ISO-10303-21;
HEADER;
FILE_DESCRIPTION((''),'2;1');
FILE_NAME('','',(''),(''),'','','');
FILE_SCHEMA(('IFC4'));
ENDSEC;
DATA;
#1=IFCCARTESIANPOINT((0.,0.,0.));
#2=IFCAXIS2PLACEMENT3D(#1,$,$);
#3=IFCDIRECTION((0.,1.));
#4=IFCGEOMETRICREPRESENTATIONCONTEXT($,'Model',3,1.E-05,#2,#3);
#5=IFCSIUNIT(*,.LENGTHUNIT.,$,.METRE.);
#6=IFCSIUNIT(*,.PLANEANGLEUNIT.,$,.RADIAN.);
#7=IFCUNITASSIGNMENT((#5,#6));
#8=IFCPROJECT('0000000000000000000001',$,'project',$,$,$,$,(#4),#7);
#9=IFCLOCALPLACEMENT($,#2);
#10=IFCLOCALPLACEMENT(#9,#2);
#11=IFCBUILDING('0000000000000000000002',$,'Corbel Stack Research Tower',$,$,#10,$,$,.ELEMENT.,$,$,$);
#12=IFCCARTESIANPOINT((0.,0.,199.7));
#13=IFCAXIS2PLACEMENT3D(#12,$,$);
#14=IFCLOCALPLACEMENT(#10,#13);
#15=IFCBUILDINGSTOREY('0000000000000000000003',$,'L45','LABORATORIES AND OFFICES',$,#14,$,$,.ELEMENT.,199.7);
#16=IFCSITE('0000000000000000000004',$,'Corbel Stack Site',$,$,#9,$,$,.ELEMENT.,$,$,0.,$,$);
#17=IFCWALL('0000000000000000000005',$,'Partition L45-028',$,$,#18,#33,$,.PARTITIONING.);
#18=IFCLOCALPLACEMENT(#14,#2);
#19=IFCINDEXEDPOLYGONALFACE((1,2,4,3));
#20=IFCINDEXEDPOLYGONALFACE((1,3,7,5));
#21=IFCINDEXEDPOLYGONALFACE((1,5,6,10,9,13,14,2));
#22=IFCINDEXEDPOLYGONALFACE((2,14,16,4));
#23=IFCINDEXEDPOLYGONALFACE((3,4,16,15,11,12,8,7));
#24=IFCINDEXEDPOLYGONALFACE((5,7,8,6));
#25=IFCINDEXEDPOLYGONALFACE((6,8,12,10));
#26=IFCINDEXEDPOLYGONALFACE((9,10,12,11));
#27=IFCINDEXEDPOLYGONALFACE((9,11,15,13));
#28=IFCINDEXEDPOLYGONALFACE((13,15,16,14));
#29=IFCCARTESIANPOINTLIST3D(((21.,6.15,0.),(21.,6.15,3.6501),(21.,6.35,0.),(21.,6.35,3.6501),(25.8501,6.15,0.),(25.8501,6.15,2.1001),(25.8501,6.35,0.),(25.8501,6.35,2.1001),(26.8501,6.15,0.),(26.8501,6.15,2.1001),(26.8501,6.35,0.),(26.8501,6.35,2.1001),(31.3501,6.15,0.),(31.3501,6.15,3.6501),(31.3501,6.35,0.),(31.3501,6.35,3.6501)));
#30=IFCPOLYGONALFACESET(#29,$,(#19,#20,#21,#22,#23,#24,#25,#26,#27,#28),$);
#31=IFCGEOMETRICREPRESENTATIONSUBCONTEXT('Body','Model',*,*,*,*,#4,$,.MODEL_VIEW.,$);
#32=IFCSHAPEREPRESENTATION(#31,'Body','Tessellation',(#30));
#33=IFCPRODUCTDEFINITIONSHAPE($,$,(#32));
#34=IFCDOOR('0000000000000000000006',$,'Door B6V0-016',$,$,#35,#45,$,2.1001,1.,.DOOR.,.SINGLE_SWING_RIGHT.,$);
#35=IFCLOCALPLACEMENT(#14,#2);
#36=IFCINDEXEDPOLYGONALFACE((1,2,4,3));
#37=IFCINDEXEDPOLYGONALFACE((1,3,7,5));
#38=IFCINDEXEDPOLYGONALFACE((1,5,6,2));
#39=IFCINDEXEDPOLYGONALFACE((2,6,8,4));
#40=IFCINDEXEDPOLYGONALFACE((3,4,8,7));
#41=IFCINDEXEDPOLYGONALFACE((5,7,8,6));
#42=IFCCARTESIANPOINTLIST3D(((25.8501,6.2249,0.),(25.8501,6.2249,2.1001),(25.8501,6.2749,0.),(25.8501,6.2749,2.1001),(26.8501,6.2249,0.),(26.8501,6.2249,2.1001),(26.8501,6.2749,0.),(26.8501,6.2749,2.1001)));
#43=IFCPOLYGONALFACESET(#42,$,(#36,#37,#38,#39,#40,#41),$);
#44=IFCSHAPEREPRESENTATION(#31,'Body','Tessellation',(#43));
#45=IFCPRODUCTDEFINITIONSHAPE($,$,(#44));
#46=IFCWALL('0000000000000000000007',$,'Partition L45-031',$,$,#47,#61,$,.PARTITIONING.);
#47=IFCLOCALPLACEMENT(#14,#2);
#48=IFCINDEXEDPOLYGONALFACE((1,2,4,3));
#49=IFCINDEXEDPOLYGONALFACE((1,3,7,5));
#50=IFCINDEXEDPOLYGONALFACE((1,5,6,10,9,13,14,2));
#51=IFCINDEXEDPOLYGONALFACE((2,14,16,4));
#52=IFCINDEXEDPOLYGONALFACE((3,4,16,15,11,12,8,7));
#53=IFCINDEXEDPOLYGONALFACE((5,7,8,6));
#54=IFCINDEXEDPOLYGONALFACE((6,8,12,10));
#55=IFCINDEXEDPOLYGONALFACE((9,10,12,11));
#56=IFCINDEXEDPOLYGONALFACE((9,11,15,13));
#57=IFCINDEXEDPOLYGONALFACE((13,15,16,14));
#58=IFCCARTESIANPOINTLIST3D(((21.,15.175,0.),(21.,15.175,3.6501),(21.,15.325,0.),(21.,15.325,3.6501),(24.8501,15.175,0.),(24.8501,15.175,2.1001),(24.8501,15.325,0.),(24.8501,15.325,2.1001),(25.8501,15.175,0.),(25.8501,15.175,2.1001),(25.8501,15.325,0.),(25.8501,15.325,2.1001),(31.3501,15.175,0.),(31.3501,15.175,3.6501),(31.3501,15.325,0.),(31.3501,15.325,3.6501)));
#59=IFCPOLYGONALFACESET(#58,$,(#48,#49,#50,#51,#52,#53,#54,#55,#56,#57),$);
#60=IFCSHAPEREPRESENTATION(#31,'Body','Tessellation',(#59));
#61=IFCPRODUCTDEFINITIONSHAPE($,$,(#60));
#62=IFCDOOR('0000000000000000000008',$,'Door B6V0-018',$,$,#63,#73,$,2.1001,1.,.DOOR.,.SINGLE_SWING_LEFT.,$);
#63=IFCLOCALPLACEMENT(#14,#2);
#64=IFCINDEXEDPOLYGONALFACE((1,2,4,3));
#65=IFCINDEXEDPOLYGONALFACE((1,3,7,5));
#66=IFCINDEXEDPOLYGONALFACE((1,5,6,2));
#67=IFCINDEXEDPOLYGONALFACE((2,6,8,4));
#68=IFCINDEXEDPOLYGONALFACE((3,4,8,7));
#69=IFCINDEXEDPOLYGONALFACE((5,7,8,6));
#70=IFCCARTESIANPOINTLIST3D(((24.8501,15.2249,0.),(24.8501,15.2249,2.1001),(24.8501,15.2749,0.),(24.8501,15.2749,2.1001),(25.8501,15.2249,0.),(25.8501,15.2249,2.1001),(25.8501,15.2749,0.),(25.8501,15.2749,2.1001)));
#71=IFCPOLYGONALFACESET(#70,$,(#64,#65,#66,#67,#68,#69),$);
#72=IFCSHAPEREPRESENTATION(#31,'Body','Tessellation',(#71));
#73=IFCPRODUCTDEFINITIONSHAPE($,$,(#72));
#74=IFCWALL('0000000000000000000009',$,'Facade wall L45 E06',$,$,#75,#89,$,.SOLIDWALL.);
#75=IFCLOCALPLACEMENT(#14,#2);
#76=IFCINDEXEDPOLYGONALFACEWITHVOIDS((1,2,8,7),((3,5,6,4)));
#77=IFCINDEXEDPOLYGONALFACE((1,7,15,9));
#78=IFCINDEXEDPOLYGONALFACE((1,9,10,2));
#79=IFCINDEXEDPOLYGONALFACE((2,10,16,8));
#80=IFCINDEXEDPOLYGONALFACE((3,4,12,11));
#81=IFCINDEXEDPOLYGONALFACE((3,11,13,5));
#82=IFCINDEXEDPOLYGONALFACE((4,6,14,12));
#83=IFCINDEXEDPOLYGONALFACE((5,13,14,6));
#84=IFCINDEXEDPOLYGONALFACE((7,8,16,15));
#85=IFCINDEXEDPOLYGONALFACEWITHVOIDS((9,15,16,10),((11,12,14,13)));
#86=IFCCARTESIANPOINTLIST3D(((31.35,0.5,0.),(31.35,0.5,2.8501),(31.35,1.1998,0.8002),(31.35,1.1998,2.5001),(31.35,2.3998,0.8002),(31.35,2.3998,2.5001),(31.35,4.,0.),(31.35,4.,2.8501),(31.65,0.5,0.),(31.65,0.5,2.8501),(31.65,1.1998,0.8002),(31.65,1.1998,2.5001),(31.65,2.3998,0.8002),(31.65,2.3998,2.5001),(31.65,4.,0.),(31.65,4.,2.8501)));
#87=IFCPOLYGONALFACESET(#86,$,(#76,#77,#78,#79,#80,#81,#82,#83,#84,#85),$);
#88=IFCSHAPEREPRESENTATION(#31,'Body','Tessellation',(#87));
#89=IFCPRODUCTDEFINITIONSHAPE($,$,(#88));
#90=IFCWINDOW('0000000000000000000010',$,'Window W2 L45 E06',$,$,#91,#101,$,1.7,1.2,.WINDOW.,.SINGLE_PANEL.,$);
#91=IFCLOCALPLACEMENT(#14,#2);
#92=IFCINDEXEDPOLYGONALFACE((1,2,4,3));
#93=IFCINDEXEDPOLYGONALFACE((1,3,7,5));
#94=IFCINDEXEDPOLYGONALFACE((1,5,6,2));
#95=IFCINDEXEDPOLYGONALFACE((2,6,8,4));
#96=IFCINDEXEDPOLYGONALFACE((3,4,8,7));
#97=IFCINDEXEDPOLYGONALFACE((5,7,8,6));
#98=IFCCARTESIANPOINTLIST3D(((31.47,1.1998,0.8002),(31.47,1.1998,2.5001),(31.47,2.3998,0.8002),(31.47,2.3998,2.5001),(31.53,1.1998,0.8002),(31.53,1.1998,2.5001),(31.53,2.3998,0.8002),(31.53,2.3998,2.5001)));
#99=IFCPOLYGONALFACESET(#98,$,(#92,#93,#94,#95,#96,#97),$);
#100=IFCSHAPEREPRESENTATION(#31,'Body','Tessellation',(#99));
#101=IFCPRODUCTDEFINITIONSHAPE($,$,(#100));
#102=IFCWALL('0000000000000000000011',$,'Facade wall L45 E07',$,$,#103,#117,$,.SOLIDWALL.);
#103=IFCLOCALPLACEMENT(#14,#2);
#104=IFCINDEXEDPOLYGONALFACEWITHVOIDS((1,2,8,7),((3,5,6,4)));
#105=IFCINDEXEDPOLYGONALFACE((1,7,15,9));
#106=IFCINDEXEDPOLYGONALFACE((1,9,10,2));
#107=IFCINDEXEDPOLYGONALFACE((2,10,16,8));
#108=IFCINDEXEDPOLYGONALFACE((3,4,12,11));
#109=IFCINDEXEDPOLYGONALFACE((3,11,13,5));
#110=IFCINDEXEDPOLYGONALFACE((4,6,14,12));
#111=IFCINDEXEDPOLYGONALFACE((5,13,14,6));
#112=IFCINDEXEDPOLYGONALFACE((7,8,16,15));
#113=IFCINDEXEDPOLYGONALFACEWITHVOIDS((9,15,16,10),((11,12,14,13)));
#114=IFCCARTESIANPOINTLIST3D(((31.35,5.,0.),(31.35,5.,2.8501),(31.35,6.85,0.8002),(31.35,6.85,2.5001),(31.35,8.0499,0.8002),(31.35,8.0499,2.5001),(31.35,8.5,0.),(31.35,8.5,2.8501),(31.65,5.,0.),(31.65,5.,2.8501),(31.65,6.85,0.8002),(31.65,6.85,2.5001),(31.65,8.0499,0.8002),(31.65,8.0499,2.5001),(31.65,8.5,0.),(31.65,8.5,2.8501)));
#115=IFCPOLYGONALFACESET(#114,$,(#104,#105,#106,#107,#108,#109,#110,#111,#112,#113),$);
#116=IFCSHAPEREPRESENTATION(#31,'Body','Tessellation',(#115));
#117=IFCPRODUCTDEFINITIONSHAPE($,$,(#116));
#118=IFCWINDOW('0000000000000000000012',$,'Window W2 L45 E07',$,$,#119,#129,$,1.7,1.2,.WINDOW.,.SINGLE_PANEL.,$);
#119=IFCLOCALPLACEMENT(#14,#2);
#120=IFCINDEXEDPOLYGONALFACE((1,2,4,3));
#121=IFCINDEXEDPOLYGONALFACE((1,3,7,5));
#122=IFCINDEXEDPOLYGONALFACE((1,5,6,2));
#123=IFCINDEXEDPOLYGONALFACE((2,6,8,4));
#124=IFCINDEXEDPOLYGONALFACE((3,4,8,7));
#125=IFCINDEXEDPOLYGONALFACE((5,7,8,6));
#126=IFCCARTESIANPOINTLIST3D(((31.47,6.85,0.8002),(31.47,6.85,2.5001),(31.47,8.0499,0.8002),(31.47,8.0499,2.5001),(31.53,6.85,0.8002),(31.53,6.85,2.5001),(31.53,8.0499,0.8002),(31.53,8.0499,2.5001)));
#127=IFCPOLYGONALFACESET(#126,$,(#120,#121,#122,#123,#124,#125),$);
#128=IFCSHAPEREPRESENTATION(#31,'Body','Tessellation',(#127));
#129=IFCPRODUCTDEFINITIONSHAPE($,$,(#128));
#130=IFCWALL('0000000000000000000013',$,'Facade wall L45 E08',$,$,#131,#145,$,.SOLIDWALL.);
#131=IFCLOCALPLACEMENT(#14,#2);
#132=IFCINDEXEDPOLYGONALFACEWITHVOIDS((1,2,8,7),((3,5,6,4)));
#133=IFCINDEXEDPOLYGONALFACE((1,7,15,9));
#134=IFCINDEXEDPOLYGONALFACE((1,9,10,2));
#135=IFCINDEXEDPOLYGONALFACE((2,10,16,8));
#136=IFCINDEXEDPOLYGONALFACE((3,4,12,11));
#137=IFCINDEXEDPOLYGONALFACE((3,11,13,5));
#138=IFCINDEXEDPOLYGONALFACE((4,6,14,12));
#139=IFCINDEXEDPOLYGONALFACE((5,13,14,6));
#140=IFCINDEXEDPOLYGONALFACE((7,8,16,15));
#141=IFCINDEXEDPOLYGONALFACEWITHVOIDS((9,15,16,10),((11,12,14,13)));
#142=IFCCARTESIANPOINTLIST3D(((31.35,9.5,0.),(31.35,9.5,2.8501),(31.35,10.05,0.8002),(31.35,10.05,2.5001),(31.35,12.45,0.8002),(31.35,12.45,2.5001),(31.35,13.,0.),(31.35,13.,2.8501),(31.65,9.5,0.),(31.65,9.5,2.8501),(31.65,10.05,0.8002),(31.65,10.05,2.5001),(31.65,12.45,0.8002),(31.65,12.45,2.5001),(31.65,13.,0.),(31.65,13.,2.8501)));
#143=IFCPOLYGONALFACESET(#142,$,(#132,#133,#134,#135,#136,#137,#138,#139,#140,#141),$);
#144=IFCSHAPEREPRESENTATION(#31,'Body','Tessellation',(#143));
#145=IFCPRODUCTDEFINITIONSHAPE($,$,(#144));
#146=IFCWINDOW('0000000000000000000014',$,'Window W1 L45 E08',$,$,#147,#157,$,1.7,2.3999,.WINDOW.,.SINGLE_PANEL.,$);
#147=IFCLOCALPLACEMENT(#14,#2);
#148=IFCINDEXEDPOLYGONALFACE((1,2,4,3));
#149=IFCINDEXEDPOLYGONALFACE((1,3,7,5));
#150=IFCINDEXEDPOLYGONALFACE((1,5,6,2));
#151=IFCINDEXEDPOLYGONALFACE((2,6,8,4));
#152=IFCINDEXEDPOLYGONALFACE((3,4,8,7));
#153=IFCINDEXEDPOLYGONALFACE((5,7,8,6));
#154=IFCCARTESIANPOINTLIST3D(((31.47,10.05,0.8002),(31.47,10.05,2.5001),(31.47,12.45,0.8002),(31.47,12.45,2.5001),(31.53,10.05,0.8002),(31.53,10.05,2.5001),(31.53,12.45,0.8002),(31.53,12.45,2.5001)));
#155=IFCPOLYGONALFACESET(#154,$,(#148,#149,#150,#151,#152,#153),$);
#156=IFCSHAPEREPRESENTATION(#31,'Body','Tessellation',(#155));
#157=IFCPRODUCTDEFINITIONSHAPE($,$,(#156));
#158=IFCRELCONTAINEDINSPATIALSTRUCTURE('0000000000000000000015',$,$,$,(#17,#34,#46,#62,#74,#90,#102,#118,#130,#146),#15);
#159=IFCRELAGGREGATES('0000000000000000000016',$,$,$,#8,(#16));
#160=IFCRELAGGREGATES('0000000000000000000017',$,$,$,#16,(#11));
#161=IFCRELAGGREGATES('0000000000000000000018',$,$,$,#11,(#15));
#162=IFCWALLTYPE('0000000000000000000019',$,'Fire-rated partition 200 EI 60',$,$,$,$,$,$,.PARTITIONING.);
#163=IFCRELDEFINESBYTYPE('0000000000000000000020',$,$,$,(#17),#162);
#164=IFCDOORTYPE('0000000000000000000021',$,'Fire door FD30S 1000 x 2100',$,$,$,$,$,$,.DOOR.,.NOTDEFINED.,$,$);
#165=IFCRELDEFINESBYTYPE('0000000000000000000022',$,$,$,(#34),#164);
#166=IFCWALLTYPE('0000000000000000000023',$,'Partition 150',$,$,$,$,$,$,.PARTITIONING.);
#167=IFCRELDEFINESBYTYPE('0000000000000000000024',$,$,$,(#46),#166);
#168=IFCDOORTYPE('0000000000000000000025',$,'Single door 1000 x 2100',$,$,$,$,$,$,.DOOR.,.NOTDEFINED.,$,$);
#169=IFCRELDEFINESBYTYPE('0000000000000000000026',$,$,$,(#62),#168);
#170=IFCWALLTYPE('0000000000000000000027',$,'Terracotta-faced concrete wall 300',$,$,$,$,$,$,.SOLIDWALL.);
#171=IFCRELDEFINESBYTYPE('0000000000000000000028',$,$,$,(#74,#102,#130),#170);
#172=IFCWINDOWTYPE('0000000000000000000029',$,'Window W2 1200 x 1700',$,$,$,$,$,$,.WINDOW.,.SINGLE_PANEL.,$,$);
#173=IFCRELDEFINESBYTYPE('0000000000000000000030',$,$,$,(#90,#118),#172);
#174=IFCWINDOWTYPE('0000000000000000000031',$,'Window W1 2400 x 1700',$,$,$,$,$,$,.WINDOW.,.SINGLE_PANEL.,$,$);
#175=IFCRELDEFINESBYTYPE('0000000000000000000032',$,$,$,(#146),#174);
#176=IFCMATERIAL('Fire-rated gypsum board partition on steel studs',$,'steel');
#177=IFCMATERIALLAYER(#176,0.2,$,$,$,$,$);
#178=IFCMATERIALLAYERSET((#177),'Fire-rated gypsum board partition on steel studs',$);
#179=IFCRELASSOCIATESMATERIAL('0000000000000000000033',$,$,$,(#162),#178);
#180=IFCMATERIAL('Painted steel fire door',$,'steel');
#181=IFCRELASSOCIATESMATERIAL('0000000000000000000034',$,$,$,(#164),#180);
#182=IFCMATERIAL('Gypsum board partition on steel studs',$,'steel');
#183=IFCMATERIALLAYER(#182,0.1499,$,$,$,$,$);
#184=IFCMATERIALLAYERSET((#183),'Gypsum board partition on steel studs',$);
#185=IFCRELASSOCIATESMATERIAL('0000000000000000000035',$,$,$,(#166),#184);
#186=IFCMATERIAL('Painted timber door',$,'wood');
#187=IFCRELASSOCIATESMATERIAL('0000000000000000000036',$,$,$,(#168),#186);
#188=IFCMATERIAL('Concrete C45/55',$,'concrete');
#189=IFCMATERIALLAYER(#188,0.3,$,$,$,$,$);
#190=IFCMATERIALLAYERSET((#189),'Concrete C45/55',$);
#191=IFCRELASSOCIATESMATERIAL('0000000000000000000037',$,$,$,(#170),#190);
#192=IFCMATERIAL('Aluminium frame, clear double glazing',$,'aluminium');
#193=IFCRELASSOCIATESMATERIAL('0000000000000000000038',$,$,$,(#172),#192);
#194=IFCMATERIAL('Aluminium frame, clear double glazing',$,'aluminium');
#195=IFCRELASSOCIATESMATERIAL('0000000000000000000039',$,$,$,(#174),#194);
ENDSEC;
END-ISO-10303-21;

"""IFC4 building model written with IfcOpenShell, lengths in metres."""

from ifc_helpers import new_model, si_unit, direction, frame, frame_2d, origin, place, context, subcontext, project, spatial, rectangle, extrude, material, layer, layer_set, type_object, element, fill, save


model = new_model("IFC4")

# Units and contexts
model_context = context("Model", 3, precision=1e-05, world=origin(), true_north=direction((0.0, 1.0)))
body_context = subcontext(model_context, "Body", "Model", "MODEL_VIEW")
ifc_project = project(units=[si_unit("LENGTHUNIT", "METRE"), si_unit("PLANEANGLEUNIT", "RADIAN")], contexts=[model_context])

# Site, building, storey
site_placement = place(None, origin())
site = spatial("IfcSite", under=ifc_project, at=site_placement, Name="Corbel Stack Site", CompositionType="ELEMENT", RefElevation=0.0)
building_placement = place(site_placement, origin())
building = spatial("IfcBuilding", under=site, at=building_placement, Name="Corbel Stack Research Tower", CompositionType="ELEMENT")
storey_placement = place(building_placement, frame((0.0, 0.0, 199.7)))
storey = spatial("IfcBuildingStorey", under=building, at=storey_placement, Name="L45", Description="LABORATORIES AND OFFICES", CompositionType="ELEMENT", Elevation=199.7)

# Shared definitions
ifc_material_1 = material(Name="Fire-rated gypsum board partition on steel studs", Category="steel")
ifc_layer_1 = layer(ifc_material_1, 0.2)
ifc_layer_set_1 = layer_set([ifc_layer_1], Name="Fire-rated gypsum board partition on steel studs")
wall_type_1 = type_object("IfcWallType", Name="Fire-rated partition 200 EI 60", PredefinedType="PARTITIONING", material=ifc_layer_set_1)

# Walls, openings, doors
ifc_material_2 = material(Name="Painted steel fire door", Category="steel")
door_type_1 = type_object("IfcDoorType", Name="Fire door FD30S 1000 x 2100", OperationType="NOTDEFINED", PredefinedType="DOOR", material=ifc_material_2)
wall_1_placement = place(storey_placement, frame((21.0, 6.25, 0.0), z_axis=(0.0, 0.0, 1.0), x_axis=(1.0, 0.0, 0.0)))
wall_1 = element("IfcWall", 1, at=wall_1_placement, inside=storey, type_object=wall_type_1, Name="Partition L45-028", PredefinedType="PARTITIONING", context=body_context, shape_type="SweptSolid", body=[
    extrude(rectangle(XDim=10.3501, YDim=0.2, at=frame_2d((5.175, 0.0))), origin(), (0.0, 0.0, 1.0), 3.6501),
])
opening_1_placement = place(wall_1_placement, frame((4.8501, 0.0, 0.0)))
opening_1 = element("IfcOpeningElement", 2, at=opening_1_placement, cuts=wall_1, PredefinedType="OPENING", context=body_context, shape_type="SweptSolid", body=[
    extrude(rectangle(XDim=1.0, YDim=2.1001, at=frame_2d((0.5, 1.05))), frame((0.0, 0.1099, 0.0), z_axis=(0.0, -1.0, 0.0), x_axis=(1.0, 0.0, 0.0)), (0.0, 0.0, 1.0), 0.22),
])
door_1_placement = place(opening_1_placement, origin())
door_1 = element("IfcDoor", 3, at=door_1_placement, inside=storey, type_object=door_type_1, Name="Door B6V0-016", OperationType="SINGLE_SWING_RIGHT", OverallHeight=2.1001, OverallWidth=1.0, PredefinedType="DOOR", context=body_context, shape_type="SweptSolid", body=[
    extrude(rectangle(XDim=1.0, YDim=2.1001, at=frame_2d((0.5, 1.05))), frame((0.0, 0.0249, 0.0), z_axis=(0.0, -1.0, 0.0), x_axis=(1.0, 0.0, 0.0)), (0.0, 0.0, 1.0), 0.05),
])
fill(opening_1, door_1)
ifc_material_3 = material(Name="Gypsum board partition on steel studs", Category="steel")
ifc_layer_2 = layer(ifc_material_3, 0.1499)
ifc_layer_set_2 = layer_set([ifc_layer_2], Name="Gypsum board partition on steel studs")
wall_type_2 = type_object("IfcWallType", Name="Partition 150", PredefinedType="PARTITIONING", material=ifc_layer_set_2)
wall_2_placement = place(storey_placement, frame((21.0, 15.25, 0.0), z_axis=(0.0, 0.0, 1.0), x_axis=(1.0, 0.0, 0.0)))
wall_2 = element("IfcWall", 4, at=wall_2_placement, inside=storey, type_object=wall_type_2, Name="Partition L45-031", PredefinedType="PARTITIONING", context=body_context, shape_type="SweptSolid", body=[
    extrude(rectangle(XDim=10.3501, YDim=0.1499, at=frame_2d((5.175, 0.0))), origin(), (0.0, 0.0, 1.0), 3.6501),
])
opening_2_placement = place(wall_2_placement, frame((3.8501, 0.0, 0.0)))
opening_2 = element("IfcOpeningElement", 5, at=opening_2_placement, cuts=wall_2, PredefinedType="OPENING", context=body_context, shape_type="SweptSolid", body=[
    extrude(rectangle(XDim=1.0, YDim=2.1001, at=frame_2d((0.5, 1.05))), frame((0.0, 0.085, 0.0), z_axis=(0.0, -1.0, 0.0), x_axis=(1.0, 0.0, 0.0)), (0.0, 0.0, 1.0), 0.1699),
])
ifc_material_4 = material(Name="Painted timber door", Category="wood")
door_type_2 = type_object("IfcDoorType", Name="Single door 1000 x 2100", OperationType="NOTDEFINED", PredefinedType="DOOR", material=ifc_material_4)
door_2_placement = place(opening_2_placement, origin())
door_2 = element("IfcDoor", 6, at=door_2_placement, inside=storey, type_object=door_type_2, Name="Door B6V0-018", OperationType="SINGLE_SWING_LEFT", OverallHeight=2.1001, OverallWidth=1.0, PredefinedType="DOOR", context=body_context, shape_type="SweptSolid", body=[
    extrude(rectangle(XDim=1.0, YDim=2.1001, at=frame_2d((0.5, 1.05))), frame((0.0, 0.0249, 0.0), z_axis=(0.0, -1.0, 0.0), x_axis=(1.0, 0.0, 0.0)), (0.0, 0.0, 1.0), 0.05),
])
fill(opening_2, door_2)

# Walls, openings, windows
ifc_material_5 = material(Name="Concrete C45/55", Category="concrete")
ifc_layer_3 = layer(ifc_material_5, 0.3)
ifc_layer_set_3 = layer_set([ifc_layer_3], Name="Concrete C45/55")
wall_type_3 = type_object("IfcWallType", Name="Terracotta-faced concrete wall 300", PredefinedType="SOLIDWALL", material=ifc_layer_set_3)
wall_3_placement = place(storey_placement, frame((31.5, 4.0, 0.0), z_axis=(0.0, 0.0, 1.0), x_axis=(0.0, -1.0, 0.0)))
wall_3 = element("IfcWall", 7, at=wall_3_placement, inside=storey, type_object=wall_type_3, Name="Facade wall L45 E06", PredefinedType="SOLIDWALL", context=body_context, shape_type="SweptSolid", body=[
    extrude(rectangle(XDim=3.5, YDim=0.3, at=frame_2d((1.75, 0.0))), origin(), (0.0, 0.0, 1.0), 2.8501),
])
opening_3_placement = place(wall_3_placement, frame((1.6001, 0.0, 0.8)))
opening_3 = element("IfcOpeningElement", 8, at=opening_3_placement, cuts=wall_3, PredefinedType="OPENING", context=body_context, shape_type="SweptSolid", body=[
    extrude(rectangle(XDim=1.2, YDim=1.7, at=frame_2d((0.6001, 0.8501))), frame((0.0, 0.1599, 0.0), z_axis=(0.0, -1.0, 0.0), x_axis=(1.0, 0.0, 0.0)), (0.0, 0.0, 1.0), 0.3201),
])
ifc_material_6 = material(Name="Aluminium frame, clear double glazing", Category="aluminium")
window_type_1 = type_object("IfcWindowType", Name="Window W2 1200 x 1700", PartitioningType="SINGLE_PANEL", PredefinedType="WINDOW", material=ifc_material_6)
window_1_placement = place(opening_3_placement, origin())
window_1 = element("IfcWindow", 9, at=window_1_placement, inside=storey, type_object=window_type_1, Name="Window W2 L45 E06", OverallHeight=1.7, OverallWidth=1.2, PartitioningType="SINGLE_PANEL", PredefinedType="WINDOW", context=body_context, shape_type="SweptSolid", body=[
    extrude(rectangle(XDim=1.2, YDim=1.7, at=frame_2d((0.6001, 0.8501))), frame((0.0, 0.03, 0.0), z_axis=(0.0, -1.0, 0.0), x_axis=(1.0, 0.0, 0.0)), (0.0, 0.0, 1.0), 0.0601),
])
fill(opening_3, window_1)
wall_4_placement = place(storey_placement, frame((31.5, 8.5, 0.0), z_axis=(0.0, 0.0, 1.0), x_axis=(0.0, -1.0, 0.0)))
wall_4 = element("IfcWall", 10, at=wall_4_placement, inside=storey, type_object=wall_type_3, Name="Facade wall L45 E07", PredefinedType="SOLIDWALL", context=body_context, shape_type="SweptSolid", body=[
    extrude(rectangle(XDim=3.5, YDim=0.3, at=frame_2d((1.75, 0.0))), origin(), (0.0, 0.0, 1.0), 2.8501),
])
opening_4_placement = place(wall_4_placement, frame((0.45, 0.0, 0.8)))
opening_4 = element("IfcOpeningElement", 11, at=opening_4_placement, cuts=wall_4, PredefinedType="OPENING", context=body_context, shape_type="SweptSolid", body=[
    extrude(rectangle(XDim=1.2, YDim=1.7, at=frame_2d((0.6001, 0.8501))), frame((0.0, 0.1599, 0.0), z_axis=(0.0, -1.0, 0.0), x_axis=(1.0, 0.0, 0.0)), (0.0, 0.0, 1.0), 0.3201),
])
window_2_placement = place(opening_4_placement, origin())
window_2 = element("IfcWindow", 12, at=window_2_placement, inside=storey, type_object=window_type_1, Name="Window W2 L45 E07", OverallHeight=1.7, OverallWidth=1.2, PartitioningType="SINGLE_PANEL", PredefinedType="WINDOW", context=body_context, shape_type="SweptSolid", body=[
    extrude(rectangle(XDim=1.2, YDim=1.7, at=frame_2d((0.6001, 0.8501))), frame((0.0, 0.03, 0.0), z_axis=(0.0, -1.0, 0.0), x_axis=(1.0, 0.0, 0.0)), (0.0, 0.0, 1.0), 0.0601),
])
fill(opening_4, window_2)
wall_5_placement = place(storey_placement, frame((31.5, 13.0, 0.0), z_axis=(0.0, 0.0, 1.0), x_axis=(0.0, -1.0, 0.0)))
wall_5 = element("IfcWall", 13, at=wall_5_placement, inside=storey, type_object=wall_type_3, Name="Facade wall L45 E08", PredefinedType="SOLIDWALL", context=body_context, shape_type="SweptSolid", body=[
    extrude(rectangle(XDim=3.5, YDim=0.3, at=frame_2d((1.75, 0.0))), origin(), (0.0, 0.0, 1.0), 2.8501),
])
opening_5_placement = place(wall_5_placement, frame((0.55, 0.0, 0.8)))
opening_5 = element("IfcOpeningElement", 14, at=opening_5_placement, cuts=wall_5, PredefinedType="OPENING", context=body_context, shape_type="SweptSolid", body=[
    extrude(rectangle(XDim=2.3999, YDim=1.7, at=frame_2d((1.2, 0.8501))), frame((0.0, 0.1599, 0.0), z_axis=(0.0, -1.0, 0.0), x_axis=(1.0, 0.0, 0.0)), (0.0, 0.0, 1.0), 0.3201),
])
ifc_material_7 = material(Name="Aluminium frame, clear double glazing", Category="aluminium")
window_type_2 = type_object("IfcWindowType", Name="Window W1 2400 x 1700", PartitioningType="SINGLE_PANEL", PredefinedType="WINDOW", material=ifc_material_7)
window_3_placement = place(opening_5_placement, origin())
window_3 = element("IfcWindow", 15, at=window_3_placement, inside=storey, type_object=window_type_2, Name="Window W1 L45 E08", OverallHeight=1.7, OverallWidth=2.3999, PartitioningType="SINGLE_PANEL", PredefinedType="WINDOW", context=body_context, shape_type="SweptSolid", body=[
    extrude(rectangle(XDim=2.3999, YDim=1.7, at=frame_2d((1.2, 0.8501))), frame((0.0, 0.03, 0.0), z_axis=(0.0, -1.0, 0.0), x_axis=(1.0, 0.0, 0.0)), (0.0, 0.0, 1.0), 0.0601),
])
fill(opening_5, window_3)

save(model, "model.ifc")
